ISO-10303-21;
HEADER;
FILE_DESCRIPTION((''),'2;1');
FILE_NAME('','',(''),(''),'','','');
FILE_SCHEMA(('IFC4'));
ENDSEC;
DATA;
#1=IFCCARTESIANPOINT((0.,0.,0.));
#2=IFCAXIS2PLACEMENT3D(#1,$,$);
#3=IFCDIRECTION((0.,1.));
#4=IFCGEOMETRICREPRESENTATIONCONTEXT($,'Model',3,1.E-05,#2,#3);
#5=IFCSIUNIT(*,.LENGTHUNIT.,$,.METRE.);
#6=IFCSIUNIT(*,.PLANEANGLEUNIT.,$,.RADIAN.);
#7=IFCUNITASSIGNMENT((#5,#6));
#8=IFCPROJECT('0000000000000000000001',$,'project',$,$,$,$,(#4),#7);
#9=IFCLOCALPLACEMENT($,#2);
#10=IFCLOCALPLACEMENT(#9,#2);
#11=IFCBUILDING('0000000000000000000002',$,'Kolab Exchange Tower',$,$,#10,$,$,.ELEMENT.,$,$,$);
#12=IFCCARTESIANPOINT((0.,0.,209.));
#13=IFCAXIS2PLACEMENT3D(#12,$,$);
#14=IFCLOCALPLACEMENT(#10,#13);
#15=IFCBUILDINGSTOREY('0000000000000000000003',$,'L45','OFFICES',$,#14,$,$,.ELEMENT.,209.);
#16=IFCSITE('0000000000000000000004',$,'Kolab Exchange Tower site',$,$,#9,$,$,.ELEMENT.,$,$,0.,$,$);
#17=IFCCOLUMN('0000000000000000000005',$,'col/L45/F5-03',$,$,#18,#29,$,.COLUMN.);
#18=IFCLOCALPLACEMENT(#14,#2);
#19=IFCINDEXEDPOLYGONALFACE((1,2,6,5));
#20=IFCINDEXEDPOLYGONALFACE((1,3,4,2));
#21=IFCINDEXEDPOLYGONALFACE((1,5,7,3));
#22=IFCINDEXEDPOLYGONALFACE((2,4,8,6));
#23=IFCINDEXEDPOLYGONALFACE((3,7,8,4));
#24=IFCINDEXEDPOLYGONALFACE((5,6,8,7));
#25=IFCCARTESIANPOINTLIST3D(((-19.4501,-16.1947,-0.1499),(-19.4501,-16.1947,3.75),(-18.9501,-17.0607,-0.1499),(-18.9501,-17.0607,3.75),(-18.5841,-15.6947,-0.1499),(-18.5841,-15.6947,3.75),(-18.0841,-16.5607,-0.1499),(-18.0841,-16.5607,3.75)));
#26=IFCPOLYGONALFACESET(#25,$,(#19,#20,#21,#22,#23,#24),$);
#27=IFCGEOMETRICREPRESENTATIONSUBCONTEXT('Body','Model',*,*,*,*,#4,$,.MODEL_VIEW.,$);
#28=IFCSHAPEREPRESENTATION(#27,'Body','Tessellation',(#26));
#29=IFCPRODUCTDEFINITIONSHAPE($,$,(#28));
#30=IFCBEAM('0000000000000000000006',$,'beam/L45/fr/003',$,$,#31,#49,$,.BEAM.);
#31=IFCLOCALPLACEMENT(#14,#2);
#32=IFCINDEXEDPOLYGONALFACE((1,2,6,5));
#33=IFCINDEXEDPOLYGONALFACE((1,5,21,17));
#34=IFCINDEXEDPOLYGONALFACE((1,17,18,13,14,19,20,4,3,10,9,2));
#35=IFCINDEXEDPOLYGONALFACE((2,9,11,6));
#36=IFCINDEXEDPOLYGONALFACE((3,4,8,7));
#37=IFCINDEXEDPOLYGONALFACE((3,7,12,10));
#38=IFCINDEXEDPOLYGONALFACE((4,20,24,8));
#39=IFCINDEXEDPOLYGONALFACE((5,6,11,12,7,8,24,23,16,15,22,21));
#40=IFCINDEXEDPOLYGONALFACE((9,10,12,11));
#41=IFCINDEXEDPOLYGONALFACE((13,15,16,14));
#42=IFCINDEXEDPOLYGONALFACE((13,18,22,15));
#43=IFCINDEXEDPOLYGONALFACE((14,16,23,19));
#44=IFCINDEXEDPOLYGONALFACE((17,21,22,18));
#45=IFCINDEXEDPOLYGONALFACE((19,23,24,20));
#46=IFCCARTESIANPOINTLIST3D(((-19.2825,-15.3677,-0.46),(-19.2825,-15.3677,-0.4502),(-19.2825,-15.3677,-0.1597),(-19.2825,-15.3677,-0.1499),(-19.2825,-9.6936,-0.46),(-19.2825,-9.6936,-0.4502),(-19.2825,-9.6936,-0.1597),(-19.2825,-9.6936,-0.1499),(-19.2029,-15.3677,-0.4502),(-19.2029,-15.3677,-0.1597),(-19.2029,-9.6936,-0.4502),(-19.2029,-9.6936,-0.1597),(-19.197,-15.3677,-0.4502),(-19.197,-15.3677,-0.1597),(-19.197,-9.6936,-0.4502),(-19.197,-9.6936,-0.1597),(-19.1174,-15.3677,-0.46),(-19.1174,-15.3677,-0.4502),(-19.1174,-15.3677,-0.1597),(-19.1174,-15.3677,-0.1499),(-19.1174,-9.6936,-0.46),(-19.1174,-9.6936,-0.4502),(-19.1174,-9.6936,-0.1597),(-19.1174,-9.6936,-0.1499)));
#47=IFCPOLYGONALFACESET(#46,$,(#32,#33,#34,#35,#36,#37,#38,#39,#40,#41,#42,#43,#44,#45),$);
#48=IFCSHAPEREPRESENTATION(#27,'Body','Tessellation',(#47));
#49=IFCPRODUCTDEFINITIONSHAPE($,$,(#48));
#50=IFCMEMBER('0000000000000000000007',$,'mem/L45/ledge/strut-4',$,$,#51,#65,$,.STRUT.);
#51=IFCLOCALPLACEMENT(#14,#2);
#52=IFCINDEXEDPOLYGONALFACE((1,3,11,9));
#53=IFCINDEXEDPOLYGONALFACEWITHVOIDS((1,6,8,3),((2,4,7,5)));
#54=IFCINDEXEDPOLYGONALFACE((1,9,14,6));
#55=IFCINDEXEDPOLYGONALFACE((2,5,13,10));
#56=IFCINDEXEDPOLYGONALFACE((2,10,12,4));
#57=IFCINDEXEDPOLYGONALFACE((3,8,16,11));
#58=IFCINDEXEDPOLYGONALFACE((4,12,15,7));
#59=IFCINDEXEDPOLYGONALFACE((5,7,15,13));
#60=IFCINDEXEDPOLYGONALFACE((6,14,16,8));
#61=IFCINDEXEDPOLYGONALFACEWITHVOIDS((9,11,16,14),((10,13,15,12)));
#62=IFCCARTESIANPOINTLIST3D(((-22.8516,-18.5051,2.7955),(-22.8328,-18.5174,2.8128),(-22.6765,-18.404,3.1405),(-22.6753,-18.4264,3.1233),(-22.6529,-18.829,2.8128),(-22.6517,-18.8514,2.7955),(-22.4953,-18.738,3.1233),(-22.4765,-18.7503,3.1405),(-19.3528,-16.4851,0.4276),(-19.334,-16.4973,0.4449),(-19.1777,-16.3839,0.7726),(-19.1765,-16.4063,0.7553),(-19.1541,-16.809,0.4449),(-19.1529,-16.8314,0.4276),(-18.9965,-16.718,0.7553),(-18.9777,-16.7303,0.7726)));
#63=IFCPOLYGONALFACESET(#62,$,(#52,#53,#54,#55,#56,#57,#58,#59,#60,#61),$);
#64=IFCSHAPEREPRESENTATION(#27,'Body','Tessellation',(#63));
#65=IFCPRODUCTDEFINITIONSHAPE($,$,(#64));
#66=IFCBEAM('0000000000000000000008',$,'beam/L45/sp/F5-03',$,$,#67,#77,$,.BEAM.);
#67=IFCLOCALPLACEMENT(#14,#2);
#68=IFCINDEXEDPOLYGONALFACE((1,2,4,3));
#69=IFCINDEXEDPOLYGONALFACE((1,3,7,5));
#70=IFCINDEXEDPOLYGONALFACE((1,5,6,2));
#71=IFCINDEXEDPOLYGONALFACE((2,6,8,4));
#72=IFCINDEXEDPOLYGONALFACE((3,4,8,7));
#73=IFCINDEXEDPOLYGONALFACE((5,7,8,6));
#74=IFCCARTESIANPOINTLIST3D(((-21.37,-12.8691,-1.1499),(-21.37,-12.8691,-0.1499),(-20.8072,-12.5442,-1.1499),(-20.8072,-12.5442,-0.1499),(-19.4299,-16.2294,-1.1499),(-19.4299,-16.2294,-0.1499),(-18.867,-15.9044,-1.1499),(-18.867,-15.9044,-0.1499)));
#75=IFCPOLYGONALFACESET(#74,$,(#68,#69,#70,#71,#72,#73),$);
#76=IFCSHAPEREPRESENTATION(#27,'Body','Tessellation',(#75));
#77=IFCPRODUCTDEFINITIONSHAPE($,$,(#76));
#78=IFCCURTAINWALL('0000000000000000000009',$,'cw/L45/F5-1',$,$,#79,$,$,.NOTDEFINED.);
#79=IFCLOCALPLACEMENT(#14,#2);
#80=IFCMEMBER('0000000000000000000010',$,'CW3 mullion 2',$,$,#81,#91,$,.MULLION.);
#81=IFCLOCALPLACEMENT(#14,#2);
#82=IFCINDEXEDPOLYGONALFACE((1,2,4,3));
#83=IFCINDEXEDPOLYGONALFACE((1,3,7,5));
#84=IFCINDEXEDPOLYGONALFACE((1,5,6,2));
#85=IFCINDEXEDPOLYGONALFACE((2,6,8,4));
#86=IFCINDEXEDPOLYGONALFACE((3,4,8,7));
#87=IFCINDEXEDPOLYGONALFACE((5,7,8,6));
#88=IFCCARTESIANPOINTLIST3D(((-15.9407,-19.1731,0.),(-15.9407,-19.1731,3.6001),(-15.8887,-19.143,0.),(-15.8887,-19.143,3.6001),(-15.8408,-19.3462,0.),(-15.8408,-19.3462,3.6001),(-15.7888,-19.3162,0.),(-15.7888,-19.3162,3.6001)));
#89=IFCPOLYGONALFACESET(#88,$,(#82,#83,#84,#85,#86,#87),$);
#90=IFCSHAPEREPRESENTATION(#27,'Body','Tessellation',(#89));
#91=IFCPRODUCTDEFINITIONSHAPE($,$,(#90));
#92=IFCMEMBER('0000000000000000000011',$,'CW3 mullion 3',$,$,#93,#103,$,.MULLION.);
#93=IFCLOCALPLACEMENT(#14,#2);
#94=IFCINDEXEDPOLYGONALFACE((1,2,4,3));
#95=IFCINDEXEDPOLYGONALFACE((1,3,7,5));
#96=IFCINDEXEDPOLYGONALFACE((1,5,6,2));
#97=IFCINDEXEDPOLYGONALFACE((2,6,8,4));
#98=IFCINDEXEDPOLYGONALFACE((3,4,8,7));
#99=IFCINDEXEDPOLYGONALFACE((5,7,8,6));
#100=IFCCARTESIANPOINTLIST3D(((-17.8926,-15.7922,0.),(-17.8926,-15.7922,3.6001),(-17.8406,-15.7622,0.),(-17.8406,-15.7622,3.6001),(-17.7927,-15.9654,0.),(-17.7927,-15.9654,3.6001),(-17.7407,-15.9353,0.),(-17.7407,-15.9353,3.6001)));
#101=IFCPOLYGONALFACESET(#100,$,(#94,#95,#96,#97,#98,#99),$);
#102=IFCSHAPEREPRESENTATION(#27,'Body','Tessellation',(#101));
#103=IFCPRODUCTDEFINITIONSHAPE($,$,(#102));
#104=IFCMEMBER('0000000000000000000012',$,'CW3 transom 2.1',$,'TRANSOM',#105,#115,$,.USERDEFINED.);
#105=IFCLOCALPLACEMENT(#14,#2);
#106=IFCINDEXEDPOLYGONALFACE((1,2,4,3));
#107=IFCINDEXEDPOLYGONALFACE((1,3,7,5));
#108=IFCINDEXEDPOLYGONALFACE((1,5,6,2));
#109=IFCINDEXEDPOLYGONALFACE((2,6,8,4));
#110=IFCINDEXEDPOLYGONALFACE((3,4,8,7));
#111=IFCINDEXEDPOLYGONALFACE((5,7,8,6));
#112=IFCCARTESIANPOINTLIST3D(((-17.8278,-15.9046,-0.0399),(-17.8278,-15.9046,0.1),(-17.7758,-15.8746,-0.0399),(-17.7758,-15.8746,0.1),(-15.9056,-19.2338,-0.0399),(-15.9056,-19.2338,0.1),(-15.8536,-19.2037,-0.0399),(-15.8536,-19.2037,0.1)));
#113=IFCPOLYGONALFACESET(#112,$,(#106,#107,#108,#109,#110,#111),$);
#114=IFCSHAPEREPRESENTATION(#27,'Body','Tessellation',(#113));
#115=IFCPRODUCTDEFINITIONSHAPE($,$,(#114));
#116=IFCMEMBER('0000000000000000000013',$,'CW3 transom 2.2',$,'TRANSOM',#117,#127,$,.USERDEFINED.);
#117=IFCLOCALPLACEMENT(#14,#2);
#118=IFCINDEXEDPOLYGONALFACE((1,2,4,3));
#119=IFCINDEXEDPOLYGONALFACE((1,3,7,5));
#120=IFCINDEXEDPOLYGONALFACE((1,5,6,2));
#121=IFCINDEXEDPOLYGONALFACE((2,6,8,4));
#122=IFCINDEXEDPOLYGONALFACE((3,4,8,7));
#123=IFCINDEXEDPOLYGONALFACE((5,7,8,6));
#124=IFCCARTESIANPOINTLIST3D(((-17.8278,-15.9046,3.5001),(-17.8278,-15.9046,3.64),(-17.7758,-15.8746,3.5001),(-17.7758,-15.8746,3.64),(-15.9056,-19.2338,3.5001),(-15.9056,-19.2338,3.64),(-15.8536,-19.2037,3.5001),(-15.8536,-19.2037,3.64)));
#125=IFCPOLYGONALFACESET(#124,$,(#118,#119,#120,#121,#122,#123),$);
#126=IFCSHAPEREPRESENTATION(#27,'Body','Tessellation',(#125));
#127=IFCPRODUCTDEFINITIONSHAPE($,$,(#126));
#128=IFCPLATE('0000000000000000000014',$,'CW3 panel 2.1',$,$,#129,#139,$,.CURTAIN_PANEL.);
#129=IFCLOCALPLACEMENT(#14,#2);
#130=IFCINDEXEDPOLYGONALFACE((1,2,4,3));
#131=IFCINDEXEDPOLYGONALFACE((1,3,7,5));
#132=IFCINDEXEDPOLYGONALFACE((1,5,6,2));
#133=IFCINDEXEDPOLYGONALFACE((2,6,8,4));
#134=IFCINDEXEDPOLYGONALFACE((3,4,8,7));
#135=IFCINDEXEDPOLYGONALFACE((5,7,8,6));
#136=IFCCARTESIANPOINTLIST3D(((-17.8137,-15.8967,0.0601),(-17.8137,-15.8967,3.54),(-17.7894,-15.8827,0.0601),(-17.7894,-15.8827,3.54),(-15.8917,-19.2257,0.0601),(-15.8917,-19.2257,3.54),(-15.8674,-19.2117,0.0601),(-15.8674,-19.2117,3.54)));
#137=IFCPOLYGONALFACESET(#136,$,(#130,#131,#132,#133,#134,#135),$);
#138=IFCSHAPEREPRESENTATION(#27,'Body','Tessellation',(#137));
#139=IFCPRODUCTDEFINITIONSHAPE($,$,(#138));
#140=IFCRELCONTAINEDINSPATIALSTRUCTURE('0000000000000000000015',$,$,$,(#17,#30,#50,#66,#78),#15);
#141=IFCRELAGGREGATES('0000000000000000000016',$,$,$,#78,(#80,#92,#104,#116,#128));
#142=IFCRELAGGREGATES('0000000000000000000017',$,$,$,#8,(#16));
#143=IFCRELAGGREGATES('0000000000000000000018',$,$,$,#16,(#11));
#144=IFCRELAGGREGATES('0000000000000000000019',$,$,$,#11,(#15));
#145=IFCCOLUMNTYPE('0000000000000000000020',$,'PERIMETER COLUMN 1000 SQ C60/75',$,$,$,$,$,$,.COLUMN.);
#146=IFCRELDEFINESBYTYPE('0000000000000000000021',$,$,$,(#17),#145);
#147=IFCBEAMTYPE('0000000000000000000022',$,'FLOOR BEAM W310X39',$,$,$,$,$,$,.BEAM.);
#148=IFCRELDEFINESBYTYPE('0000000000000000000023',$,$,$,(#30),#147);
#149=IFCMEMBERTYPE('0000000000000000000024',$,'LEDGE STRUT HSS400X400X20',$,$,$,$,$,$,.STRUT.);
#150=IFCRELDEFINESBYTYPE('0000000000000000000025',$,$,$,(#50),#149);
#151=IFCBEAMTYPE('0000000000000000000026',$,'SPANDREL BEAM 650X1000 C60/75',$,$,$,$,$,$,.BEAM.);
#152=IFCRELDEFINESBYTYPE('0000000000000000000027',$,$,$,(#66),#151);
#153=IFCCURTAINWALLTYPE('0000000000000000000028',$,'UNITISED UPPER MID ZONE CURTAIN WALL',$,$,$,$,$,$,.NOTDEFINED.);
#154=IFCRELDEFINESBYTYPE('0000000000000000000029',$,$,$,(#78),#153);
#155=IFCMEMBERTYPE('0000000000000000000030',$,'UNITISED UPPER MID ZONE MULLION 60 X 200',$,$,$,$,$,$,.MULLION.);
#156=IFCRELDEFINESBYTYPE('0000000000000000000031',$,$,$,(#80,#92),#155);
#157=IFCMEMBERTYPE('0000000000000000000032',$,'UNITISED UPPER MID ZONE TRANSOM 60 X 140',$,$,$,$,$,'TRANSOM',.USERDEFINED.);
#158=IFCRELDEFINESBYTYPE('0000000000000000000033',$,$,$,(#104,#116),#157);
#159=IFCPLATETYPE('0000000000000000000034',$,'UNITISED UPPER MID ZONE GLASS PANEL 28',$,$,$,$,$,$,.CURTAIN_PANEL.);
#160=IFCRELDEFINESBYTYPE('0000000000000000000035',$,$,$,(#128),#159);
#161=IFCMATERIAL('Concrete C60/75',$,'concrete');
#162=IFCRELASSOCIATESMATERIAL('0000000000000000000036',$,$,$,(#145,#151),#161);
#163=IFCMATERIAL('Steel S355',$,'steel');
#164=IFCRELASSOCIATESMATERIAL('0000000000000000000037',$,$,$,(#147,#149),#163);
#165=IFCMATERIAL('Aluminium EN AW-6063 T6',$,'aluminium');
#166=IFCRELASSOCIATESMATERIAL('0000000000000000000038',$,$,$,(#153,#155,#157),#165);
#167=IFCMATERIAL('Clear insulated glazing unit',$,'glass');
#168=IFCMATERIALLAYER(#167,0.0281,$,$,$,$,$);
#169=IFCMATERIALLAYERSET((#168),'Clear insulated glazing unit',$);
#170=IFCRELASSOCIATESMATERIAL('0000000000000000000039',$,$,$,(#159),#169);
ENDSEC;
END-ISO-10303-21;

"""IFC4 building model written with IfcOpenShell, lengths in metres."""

from ifc_helpers import new_model, si_unit, direction, frame, origin, origin_2d, place, context, subcontext, project, spatial, rectangle, hollow_rectangle, i_section, extrude, material, layer, layer_set, material_profile, profile_set, type_object, element, aggregate, save


model = new_model("IFC4")

# Units and contexts
model_context = context("Model", 3, precision=1e-05, world=origin(), true_north=direction((0.0, 1.0)))
body_context = subcontext(model_context, "Body", "Model", "MODEL_VIEW")
ifc_project = project(units=[si_unit("LENGTHUNIT", "METRE"), si_unit("PLANEANGLEUNIT", "RADIAN")], contexts=[model_context])

# Site, building, storey
site_placement = place(None, origin())
site = spatial("IfcSite", under=ifc_project, at=site_placement, Name="Kolab Exchange Tower site", CompositionType="ELEMENT", RefElevation=0.0)
building_placement = place(site_placement, origin())
building = spatial("IfcBuilding", under=site, at=building_placement, Name="Kolab Exchange Tower", CompositionType="ELEMENT")
storey_placement = place(building_placement, frame((0.0, 0.0, 209.0)))
storey = spatial("IfcBuildingStorey", under=building, at=storey_placement, Name="L45", Description="OFFICES", CompositionType="ELEMENT", Elevation=209.0)

# Column
ifc_material_1 = material(Name="Concrete C60/75", Category="concrete")
ifc_material_profile_1 = material_profile(ifc_material_1, rectangle(XDim=1.0, YDim=1.0, at=origin_2d()), Name="RC1000")
ifc_profile_set_1 = profile_set([ifc_material_profile_1], Name="Concrete C60/75")
column_type = type_object("IfcColumnType", Name="PERIMETER COLUMN 1000 SQ C60/75", PredefinedType="COLUMN", material=ifc_profile_set_1)
column_placement = place(storey_placement, frame((-18.7671, -16.3777, -0.1499), z_axis=(0.0, 0.0, 1.0), x_axis=(0.866025, 0.5, 0.0)))
element("IfcColumn", 1, at=column_placement, inside=storey, type_object=column_type, Name="col/L45/F5-03", PredefinedType="COLUMN", context=body_context, shape_type="SweptSolid", body=[
    extrude(rectangle(XDim=1.0, YDim=1.0, at=origin_2d()), origin(), (0.0, 0.0, 1.0), 3.8999),
])

# Beam
ifc_material_2 = material(Name="Steel S355", Category="steel")
ifc_material_profile_2 = material_profile(ifc_material_2, i_section(OverallWidth=0.165, OverallDepth=0.3101, WebThickness=0.0059, FlangeThickness=0.0098, at=origin_2d()), Name="W310X39")
ifc_profile_set_2 = profile_set([ifc_material_profile_2], Name="Steel S355")
beam_type_1 = type_object("IfcBeamType", Name="FLOOR BEAM W310X39", PredefinedType="BEAM", material=ifc_profile_set_2)
beam_1_placement = place(storey_placement, frame((-19.2, -15.3677, -0.3049), z_axis=(0.0, 1.0, 0.0), x_axis=(-1.0, 0.0, 0.0)))
element("IfcBeam", 2, at=beam_1_placement, inside=storey, type_object=beam_type_1, Name="beam/L45/fr/003", PredefinedType="BEAM", context=body_context, shape_type="SweptSolid", body=[
    extrude(i_section(OverallWidth=0.165, OverallDepth=0.3101, WebThickness=0.0059, FlangeThickness=0.0098, at=origin_2d()), origin(), (0.0, 0.0, 1.0), 5.6741),
])

# Member
ifc_material_profile_3 = material_profile(ifc_material_2, hollow_rectangle(XDim=0.3999, YDim=0.3999, WallThickness=0.02, at=origin_2d()), Name="HSS400X400X20")
ifc_profile_set_3 = profile_set([ifc_material_profile_3], Name="Steel S355")
member_type_1 = type_object("IfcMemberType", Name="LEDGE STRUT HSS400X400X20", PredefinedType="STRUT", material=ifc_profile_set_3)
member_1_placement = place(storey_placement, frame((-19.1653, -16.6077, 0.6001), z_axis=(-0.747149, -0.431366, 0.505659), x_axis=(0.5, -0.866026, 0.0)))
element("IfcMember", 3, at=member_1_placement, inside=storey, type_object=member_type_1, Name="mem/L45/ledge/strut-4", PredefinedType="STRUT", context=body_context, shape_type="SweptSolid", body=[
    extrude(hollow_rectangle(XDim=0.3999, YDim=0.3999, WallThickness=0.02, at=origin_2d()), origin(), (0.0, 0.0, 1.0), 4.6829),
])

# Beam
ifc_material_profile_4 = material_profile(ifc_material_1, rectangle(XDim=0.6499, YDim=1.0, at=origin_2d()), Name="RC650X1000")
ifc_profile_set_4 = profile_set([ifc_material_profile_4], Name="Concrete C60/75")
beam_type_2 = type_object("IfcBeamType", Name="SPANDREL BEAM 650X1000 C60/75", PredefinedType="BEAM", material=ifc_profile_set_4)
beam_2_placement = place(storey_placement, frame((-19.1484, -16.0669, -0.6499), z_axis=(-0.500017, 0.866016, 0.0), x_axis=(-0.866016, -0.500017, 0.0)))
element("IfcBeam", 4, at=beam_2_placement, inside=storey, type_object=beam_type_2, Name="beam/L45/sp/F5-03", PredefinedType="BEAM", context=body_context, shape_type="SweptSolid", body=[
    extrude(rectangle(XDim=0.6499, YDim=1.0, at=origin_2d()), origin(), (0.0, 0.0, 1.0), 3.8801),
])

# Curtain wall, members, plate
ifc_material_3 = material(Name="Aluminium EN AW-6063 T6", Category="aluminium")
curtain_wall_type = type_object("IfcCurtainWallType", Name="UNITISED UPPER MID ZONE CURTAIN WALL", PredefinedType="NOTDEFINED", material=ifc_material_3)
curtain_wall_placement = place(storey_placement, origin())
curtain_wall = element("IfcCurtainWall", 5, at=curtain_wall_placement, inside=storey, type_object=curtain_wall_type, Name="cw/L45/F5-1", PredefinedType="NOTDEFINED")
ifc_material_profile_5 = material_profile(ifc_material_3, rectangle(XDim=0.0601, YDim=0.2, at=origin_2d()), Name="RECT 60X200")
ifc_profile_set_5 = profile_set([ifc_material_profile_5], Name="Aluminium EN AW-6063 T6")
member_type_2 = type_object("IfcMemberType", Name="UNITISED UPPER MID ZONE MULLION 60 X 200", PredefinedType="MULLION", material=ifc_profile_set_5)
member_2_placement = place(storey_placement, frame((-15.8647, -19.2446, 0.0), z_axis=(0.0, 0.0, 1.0), x_axis=(-0.866025, -0.5, 0.0)))
member_2 = element("IfcMember", 6, at=member_2_placement, type_object=member_type_2, Name="CW3 mullion 2", PredefinedType="MULLION", context=body_context, shape_type="SweptSolid", body=[
    extrude(rectangle(XDim=0.0601, YDim=0.2, at=origin_2d()), origin(), (0.0, 0.0, 1.0), 3.6001),
])
member_3_placement = place(storey_placement, frame((-17.8167, -15.8638, 0.0), z_axis=(0.0, 0.0, 1.0), x_axis=(-0.866025, -0.5, 0.0)))
member_3 = element("IfcMember", 7, at=member_3_placement, type_object=member_type_2, Name="CW3 mullion 3", PredefinedType="MULLION", context=body_context, shape_type="SweptSolid", body=[
    extrude(rectangle(XDim=0.0601, YDim=0.2, at=origin_2d()), origin(), (0.0, 0.0, 1.0), 3.6001),
])
ifc_material_profile_6 = material_profile(ifc_material_3, rectangle(XDim=0.0601, YDim=0.1399, at=origin_2d()), Name="RECT 60X140")
ifc_profile_set_6 = profile_set([ifc_material_profile_6], Name="Aluminium EN AW-6063 T6")
member_type_3 = type_object("IfcMemberType", Name="UNITISED UPPER MID ZONE TRANSOM 60 X 140", ElementType="TRANSOM", PredefinedType="USERDEFINED", material=ifc_profile_set_6)
member_4_placement = place(storey_placement, frame((-15.8796, -19.2188, 0.03), z_axis=(-0.500012, 0.866018, 0.0), x_axis=(-0.866018, -0.500012, 0.0)))
member_4 = element("IfcMember", 8, at=member_4_placement, type_object=member_type_3, Name="CW3 transom 2.1", ObjectType="TRANSOM", PredefinedType="USERDEFINED", context=body_context, shape_type="SweptSolid", body=[
    extrude(rectangle(XDim=0.0601, YDim=0.1399, at=origin_2d()), origin(), (0.0, 0.0, 1.0), 3.8442),
])
member_5_placement = place(storey_placement, frame((-15.8796, -19.2188, 3.5701), z_axis=(-0.500012, 0.866018, 0.0), x_axis=(-0.866018, -0.500012, 0.0)))
member_5 = element("IfcMember", 9, at=member_5_placement, type_object=member_type_3, Name="CW3 transom 2.2", ObjectType="TRANSOM", PredefinedType="USERDEFINED", context=body_context, shape_type="SweptSolid", body=[
    extrude(rectangle(XDim=0.0601, YDim=0.1399, at=origin_2d()), origin(), (0.0, 0.0, 1.0), 3.8442),
])
ifc_material_4 = material(Name="Clear insulated glazing unit", Category="glass")
ifc_layer_1 = layer(ifc_material_4, 0.0281)
ifc_layer_set_1 = layer_set([ifc_layer_1], Name="Clear insulated glazing unit")
plate_type = type_object("IfcPlateType", Name="UNITISED UPPER MID ZONE GLASS PANEL 28", PredefinedType="CURTAIN_PANEL", material=ifc_layer_set_1)
plate_placement = place(storey_placement, frame((-16.8406, -17.5542, 0.0601), z_axis=(0.0, 0.0, 1.0), x_axis=(-0.5, 0.866025, 0.0)))
plate = element("IfcPlate", 10, at=plate_placement, type_object=plate_type, Name="CW3 panel 2.1", PredefinedType="CURTAIN_PANEL", context=body_context, shape_type="SweptSolid", body=[
    extrude(rectangle(XDim=3.844, YDim=0.0281, at=origin_2d()), origin(), (0.0, 0.0, 1.0), 3.48),
])
aggregate(curtain_wall, [member_2, member_3, member_4, member_5, plate])

save(model, "model.ifc")
